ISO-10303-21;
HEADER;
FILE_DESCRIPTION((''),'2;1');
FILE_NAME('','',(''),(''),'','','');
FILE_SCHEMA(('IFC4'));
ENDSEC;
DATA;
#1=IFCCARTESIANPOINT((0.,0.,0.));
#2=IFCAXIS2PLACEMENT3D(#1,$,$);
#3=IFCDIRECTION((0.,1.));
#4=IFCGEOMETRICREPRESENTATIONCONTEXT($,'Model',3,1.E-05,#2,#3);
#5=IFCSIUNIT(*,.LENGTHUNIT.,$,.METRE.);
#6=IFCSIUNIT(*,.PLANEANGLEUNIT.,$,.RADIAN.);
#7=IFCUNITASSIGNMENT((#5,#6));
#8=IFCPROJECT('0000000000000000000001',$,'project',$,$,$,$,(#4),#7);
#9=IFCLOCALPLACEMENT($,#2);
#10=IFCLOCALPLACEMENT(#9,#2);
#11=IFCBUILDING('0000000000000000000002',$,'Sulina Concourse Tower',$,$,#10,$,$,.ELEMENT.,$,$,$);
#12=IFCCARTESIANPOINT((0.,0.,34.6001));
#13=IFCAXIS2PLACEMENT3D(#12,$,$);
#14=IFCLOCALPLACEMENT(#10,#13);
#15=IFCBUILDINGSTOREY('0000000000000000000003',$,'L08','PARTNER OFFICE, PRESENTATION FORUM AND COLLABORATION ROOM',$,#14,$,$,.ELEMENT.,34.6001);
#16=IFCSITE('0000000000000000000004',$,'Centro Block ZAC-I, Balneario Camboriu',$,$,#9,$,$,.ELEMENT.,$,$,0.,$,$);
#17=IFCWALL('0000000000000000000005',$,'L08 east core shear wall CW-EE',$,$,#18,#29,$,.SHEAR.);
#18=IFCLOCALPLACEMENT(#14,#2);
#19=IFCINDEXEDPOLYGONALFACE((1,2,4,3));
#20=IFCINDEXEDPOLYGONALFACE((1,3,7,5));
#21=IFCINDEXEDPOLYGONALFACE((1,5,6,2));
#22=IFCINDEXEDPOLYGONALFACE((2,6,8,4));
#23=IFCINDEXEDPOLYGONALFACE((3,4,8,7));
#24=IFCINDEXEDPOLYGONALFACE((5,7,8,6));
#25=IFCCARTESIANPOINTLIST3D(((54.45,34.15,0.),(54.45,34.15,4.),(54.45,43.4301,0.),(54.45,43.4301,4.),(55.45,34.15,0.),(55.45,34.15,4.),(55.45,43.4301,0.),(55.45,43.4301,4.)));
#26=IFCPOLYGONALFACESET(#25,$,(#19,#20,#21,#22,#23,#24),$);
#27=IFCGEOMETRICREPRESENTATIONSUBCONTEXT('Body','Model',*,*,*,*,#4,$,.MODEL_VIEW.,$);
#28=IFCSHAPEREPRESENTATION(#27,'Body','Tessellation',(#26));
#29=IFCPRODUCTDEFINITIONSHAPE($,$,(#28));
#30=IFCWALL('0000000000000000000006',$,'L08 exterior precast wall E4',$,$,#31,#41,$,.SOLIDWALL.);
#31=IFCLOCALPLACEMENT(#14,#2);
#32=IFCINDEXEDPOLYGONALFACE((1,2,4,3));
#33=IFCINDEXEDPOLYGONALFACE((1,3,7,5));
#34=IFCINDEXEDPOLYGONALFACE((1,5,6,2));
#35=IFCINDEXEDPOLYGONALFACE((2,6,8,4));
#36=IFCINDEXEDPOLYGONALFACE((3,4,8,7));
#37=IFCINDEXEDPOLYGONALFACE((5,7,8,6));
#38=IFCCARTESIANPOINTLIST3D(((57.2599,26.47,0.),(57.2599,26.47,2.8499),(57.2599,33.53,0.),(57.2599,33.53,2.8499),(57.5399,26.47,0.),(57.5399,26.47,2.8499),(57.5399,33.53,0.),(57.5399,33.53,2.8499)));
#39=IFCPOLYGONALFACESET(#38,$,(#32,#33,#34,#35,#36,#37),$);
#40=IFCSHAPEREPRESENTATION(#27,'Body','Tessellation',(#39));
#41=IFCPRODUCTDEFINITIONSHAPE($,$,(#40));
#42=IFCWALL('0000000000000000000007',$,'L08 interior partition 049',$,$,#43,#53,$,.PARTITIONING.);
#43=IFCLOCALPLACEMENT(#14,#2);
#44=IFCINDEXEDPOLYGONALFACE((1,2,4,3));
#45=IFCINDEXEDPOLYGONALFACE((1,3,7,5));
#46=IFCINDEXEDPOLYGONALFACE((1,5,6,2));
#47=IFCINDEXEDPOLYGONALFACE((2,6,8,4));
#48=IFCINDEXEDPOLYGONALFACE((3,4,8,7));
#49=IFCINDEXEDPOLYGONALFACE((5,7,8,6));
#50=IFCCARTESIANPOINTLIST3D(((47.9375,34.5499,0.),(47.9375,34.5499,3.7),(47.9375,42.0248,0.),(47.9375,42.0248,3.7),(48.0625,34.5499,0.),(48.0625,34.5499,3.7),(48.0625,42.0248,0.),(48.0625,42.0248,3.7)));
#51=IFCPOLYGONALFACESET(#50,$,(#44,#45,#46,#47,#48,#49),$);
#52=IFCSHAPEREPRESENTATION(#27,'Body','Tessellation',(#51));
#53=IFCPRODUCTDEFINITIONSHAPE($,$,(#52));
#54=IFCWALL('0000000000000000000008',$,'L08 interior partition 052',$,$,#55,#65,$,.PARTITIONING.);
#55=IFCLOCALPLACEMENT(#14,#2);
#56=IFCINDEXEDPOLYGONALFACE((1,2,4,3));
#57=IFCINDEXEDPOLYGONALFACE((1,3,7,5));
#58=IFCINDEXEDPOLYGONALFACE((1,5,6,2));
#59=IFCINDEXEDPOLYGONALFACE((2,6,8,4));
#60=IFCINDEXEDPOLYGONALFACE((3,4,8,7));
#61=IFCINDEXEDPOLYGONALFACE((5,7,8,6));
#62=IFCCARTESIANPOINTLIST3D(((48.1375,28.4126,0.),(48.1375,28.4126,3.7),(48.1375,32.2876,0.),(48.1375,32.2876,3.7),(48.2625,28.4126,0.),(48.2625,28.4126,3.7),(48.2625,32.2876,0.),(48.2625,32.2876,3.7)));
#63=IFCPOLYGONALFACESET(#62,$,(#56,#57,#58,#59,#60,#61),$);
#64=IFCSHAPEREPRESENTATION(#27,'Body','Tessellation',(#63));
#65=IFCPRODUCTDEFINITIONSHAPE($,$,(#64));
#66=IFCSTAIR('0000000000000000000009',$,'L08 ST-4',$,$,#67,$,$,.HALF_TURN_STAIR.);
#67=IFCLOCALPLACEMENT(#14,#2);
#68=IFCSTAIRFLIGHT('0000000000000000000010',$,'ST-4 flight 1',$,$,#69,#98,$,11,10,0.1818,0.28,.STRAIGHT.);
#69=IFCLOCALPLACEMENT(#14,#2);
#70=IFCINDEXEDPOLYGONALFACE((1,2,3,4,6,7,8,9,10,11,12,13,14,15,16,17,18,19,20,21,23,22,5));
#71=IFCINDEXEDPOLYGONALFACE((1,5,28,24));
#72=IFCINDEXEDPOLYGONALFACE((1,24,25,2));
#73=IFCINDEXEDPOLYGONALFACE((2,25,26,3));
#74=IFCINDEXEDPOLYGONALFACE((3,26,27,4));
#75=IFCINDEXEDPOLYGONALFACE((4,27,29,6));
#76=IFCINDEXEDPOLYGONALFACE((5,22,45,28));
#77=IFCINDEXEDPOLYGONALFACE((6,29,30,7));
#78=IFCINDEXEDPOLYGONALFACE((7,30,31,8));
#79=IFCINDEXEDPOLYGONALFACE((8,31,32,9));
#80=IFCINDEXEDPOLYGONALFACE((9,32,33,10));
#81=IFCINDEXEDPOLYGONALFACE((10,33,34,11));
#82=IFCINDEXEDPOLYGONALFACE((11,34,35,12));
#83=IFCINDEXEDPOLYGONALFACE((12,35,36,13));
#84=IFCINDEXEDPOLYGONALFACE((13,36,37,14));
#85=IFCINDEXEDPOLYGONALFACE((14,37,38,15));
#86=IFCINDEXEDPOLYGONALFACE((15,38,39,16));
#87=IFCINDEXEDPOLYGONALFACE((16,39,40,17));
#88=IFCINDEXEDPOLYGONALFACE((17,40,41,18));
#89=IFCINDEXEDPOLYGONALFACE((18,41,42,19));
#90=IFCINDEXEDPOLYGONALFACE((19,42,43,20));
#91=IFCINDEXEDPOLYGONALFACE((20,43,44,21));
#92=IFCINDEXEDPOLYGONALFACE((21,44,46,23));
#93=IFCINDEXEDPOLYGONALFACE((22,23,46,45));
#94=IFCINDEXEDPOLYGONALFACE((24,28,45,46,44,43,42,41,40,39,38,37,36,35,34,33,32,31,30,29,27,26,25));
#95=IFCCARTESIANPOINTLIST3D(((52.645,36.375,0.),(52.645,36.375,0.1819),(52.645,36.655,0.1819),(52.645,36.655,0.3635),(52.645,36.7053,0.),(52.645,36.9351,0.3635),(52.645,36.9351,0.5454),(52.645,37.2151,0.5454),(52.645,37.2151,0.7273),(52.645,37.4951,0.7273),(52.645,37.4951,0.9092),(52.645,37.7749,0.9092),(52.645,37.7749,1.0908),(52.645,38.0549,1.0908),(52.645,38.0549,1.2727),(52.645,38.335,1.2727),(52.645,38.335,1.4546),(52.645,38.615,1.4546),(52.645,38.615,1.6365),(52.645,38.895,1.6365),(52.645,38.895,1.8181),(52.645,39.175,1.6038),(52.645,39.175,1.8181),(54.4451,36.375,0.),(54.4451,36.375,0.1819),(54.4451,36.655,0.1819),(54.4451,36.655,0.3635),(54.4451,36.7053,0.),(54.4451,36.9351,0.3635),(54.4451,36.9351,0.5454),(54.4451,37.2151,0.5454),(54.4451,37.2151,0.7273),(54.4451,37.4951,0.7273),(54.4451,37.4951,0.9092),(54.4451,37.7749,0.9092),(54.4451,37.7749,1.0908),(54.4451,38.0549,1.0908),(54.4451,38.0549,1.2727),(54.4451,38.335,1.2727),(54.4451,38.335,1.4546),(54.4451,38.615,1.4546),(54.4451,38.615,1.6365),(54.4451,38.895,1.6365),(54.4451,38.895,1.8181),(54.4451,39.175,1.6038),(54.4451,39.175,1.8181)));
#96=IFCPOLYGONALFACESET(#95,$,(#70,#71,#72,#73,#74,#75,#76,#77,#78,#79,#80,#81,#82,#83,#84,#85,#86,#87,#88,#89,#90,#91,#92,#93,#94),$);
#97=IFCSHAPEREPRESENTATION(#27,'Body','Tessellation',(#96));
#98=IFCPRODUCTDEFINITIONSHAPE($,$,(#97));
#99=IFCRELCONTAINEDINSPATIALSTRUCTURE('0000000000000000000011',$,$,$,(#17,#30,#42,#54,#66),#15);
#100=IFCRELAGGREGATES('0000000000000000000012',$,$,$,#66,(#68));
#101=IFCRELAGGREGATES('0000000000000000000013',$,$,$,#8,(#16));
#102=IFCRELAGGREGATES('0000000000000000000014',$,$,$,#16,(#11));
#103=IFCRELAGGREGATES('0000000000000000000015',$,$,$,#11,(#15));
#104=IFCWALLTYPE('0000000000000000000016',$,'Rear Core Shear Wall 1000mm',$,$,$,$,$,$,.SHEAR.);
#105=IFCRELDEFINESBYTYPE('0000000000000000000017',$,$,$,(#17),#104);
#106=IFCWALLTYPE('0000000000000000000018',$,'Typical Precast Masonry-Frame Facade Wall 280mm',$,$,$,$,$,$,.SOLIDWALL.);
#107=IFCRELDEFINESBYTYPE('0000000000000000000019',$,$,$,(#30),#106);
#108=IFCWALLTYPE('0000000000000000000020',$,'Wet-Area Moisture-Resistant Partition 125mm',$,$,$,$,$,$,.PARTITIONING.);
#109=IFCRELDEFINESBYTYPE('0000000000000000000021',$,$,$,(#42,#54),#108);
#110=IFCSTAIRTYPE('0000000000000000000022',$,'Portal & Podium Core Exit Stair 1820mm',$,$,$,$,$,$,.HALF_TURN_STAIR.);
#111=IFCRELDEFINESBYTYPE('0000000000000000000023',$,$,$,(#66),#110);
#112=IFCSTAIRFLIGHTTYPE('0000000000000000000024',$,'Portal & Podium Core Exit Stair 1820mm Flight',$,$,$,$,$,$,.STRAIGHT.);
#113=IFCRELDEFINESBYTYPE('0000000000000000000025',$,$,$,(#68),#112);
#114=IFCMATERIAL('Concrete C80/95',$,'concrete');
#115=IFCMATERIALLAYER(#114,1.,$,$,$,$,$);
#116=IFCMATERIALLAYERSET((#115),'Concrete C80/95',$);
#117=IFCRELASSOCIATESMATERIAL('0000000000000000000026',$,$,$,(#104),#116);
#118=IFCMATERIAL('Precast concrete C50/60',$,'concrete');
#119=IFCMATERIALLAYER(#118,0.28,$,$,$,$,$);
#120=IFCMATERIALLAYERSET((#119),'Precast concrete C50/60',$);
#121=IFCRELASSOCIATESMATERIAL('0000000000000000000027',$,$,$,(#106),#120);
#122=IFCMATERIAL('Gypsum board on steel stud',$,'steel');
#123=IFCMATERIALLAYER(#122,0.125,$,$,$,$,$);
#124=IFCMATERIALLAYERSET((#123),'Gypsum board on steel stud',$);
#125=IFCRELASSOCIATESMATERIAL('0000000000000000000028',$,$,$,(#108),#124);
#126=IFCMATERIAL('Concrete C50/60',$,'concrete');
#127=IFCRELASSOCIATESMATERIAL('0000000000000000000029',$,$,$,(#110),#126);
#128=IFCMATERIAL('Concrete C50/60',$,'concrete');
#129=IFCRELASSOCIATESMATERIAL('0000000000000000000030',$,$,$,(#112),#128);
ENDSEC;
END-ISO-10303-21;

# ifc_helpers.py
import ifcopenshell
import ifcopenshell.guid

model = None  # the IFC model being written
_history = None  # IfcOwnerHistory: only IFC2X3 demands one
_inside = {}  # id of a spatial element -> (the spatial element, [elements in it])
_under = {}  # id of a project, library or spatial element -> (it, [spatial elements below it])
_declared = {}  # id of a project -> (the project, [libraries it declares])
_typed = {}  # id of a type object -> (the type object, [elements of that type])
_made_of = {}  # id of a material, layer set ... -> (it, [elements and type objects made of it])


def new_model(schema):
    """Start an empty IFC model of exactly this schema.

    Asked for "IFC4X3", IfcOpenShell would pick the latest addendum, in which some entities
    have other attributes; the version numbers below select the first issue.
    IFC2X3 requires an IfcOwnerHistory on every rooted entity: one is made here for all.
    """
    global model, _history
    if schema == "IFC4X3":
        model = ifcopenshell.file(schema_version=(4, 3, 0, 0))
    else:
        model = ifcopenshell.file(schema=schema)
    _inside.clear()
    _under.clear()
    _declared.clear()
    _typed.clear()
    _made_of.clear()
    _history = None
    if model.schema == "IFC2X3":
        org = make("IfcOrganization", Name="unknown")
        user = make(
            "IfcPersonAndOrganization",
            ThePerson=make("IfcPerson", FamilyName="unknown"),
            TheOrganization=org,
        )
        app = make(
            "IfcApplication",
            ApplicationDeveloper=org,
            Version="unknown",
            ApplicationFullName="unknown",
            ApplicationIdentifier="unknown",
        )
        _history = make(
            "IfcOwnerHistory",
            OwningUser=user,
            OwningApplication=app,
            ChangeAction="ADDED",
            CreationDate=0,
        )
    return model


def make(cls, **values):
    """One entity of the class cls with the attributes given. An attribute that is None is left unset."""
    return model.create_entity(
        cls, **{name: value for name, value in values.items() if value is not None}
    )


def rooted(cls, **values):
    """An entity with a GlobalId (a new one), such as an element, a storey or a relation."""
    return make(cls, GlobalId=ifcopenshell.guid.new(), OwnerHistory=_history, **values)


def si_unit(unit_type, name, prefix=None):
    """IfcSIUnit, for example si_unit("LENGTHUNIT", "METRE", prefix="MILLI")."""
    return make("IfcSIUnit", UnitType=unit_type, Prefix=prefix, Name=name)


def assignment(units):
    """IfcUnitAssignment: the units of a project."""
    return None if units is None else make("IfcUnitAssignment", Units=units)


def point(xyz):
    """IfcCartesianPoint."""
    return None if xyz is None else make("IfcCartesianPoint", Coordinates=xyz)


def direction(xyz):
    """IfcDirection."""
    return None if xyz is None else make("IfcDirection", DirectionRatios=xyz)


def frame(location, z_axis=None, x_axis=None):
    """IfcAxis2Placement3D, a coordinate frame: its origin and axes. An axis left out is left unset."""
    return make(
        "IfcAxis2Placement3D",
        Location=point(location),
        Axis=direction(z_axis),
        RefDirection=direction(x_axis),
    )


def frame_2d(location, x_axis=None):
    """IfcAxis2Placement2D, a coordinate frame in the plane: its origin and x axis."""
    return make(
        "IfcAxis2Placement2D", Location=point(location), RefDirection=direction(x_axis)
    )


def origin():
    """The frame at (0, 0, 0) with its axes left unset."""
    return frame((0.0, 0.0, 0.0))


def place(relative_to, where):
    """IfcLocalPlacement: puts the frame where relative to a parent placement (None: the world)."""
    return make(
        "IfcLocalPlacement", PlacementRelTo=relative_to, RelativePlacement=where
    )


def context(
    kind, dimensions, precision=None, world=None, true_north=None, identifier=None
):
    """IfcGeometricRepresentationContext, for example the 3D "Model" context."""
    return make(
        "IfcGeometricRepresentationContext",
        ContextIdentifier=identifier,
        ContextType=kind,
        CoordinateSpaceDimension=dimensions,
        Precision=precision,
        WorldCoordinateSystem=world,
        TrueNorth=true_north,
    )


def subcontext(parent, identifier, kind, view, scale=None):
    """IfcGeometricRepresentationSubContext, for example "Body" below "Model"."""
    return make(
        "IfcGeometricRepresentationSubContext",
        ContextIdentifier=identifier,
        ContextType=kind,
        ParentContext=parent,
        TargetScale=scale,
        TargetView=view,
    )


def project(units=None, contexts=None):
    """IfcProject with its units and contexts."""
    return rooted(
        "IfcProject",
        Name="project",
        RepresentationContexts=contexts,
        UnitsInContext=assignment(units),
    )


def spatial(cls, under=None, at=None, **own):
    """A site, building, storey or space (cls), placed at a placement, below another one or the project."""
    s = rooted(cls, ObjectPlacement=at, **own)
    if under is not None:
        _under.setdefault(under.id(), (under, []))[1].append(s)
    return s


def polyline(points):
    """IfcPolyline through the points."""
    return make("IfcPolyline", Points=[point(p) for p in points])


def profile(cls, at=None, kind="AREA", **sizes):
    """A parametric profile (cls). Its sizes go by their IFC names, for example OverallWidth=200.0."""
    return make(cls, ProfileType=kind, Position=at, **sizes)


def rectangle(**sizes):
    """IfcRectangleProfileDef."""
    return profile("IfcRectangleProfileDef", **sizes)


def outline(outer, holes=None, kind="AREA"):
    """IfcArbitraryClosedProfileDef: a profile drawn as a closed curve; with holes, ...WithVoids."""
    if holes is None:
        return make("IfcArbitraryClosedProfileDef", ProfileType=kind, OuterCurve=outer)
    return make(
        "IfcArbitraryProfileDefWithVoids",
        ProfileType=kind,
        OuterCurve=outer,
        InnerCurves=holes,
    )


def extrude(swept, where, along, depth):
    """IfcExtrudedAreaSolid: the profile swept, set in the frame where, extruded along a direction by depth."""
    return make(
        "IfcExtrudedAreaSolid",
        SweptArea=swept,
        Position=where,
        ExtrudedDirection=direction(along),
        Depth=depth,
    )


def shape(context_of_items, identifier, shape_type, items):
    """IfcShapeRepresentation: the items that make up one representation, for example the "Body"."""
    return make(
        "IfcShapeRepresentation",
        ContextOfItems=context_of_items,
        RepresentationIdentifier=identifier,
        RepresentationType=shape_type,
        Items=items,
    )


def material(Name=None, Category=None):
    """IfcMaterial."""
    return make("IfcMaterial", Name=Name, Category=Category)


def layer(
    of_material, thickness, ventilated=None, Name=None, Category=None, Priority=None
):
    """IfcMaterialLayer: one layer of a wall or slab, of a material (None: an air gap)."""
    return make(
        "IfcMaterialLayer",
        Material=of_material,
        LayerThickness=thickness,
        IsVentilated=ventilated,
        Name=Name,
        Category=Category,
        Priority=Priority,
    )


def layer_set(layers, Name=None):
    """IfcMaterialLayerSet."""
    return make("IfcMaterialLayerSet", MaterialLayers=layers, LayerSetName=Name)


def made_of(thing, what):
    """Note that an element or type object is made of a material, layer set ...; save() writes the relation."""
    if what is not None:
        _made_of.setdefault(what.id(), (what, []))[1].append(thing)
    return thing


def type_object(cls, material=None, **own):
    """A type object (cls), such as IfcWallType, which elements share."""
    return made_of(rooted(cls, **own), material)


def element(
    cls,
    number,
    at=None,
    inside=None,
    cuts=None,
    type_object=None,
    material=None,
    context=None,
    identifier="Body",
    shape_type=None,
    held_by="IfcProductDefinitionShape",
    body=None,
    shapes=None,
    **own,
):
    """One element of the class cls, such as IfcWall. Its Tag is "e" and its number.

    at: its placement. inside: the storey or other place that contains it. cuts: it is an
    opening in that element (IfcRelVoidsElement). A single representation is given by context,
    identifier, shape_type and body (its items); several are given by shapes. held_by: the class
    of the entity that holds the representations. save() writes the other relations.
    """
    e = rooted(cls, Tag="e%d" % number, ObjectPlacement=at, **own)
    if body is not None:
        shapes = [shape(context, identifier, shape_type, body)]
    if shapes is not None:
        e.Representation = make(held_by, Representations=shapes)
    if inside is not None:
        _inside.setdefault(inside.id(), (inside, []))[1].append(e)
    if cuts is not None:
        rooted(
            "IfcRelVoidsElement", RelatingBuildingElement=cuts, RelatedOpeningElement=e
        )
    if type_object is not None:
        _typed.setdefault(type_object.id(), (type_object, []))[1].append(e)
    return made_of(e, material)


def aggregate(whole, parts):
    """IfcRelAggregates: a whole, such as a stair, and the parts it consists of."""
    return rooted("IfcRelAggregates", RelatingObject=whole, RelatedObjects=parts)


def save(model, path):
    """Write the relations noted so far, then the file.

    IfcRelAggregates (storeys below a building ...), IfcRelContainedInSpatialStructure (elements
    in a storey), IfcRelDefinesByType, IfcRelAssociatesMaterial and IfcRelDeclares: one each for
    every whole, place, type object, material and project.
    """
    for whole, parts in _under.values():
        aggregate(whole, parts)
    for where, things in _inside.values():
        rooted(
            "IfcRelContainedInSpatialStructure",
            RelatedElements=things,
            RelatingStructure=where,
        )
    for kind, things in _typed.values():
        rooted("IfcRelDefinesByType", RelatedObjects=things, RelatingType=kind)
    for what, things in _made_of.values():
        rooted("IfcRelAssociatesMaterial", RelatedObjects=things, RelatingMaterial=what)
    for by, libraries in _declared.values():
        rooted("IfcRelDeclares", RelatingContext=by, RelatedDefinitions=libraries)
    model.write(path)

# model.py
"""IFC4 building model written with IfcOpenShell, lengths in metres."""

from ifc_helpers import new_model, si_unit, direction, frame, frame_2d, origin, place, context, subcontext, project, spatial, polyline, rectangle, outline, extrude, material, layer, layer_set, type_object, element, aggregate, save


model = new_model("IFC4")

# Units and contexts
model_context = context("Model", 3, precision=1e-05, world=origin(), true_north=direction((0.0, 1.0)))
body_context = subcontext(model_context, "Body", "Model", "MODEL_VIEW")
ifc_project = project(units=[si_unit("LENGTHUNIT", "METRE"), si_unit("PLANEANGLEUNIT", "RADIAN")], contexts=[model_context])

# Site, building, storey
site_placement = place(None, origin())
site = spatial("IfcSite", under=ifc_project, at=site_placement, Name="Centro Block ZAC-I, Balneario Camboriu", CompositionType="ELEMENT", RefElevation=0.0)
building_placement = place(site_placement, origin())
building = spatial("IfcBuilding", under=site, at=building_placement, Name="Sulina Concourse Tower", CompositionType="ELEMENT")
storey_placement = place(building_placement, frame((0.0, 0.0, 34.6001)))
storey = spatial("IfcBuildingStorey", under=building, at=storey_placement, Name="L08", Description="PARTNER OFFICE, PRESENTATION FORUM AND COLLABORATION ROOM", CompositionType="ELEMENT", Elevation=34.6001)

# Walls
ifc_material_1 = material(Name="Concrete C80/95", Category="concrete")
ifc_layer_1 = layer(ifc_material_1, 1.0)
ifc_layer_set_1 = layer_set([ifc_layer_1], Name="Concrete C80/95")
wall_type_1 = type_object("IfcWallType", Name="Rear Core Shear Wall 1000mm", PredefinedType="SHEAR", material=ifc_layer_set_1)
wall_1_placement = place(storey_placement, frame((54.95, 34.1499, 0.0), z_axis=(0.0, 0.0, 1.0), x_axis=(0.0, 1.0, 0.0)))
element("IfcWall", 1, at=wall_1_placement, inside=storey, type_object=wall_type_1, Name="L08 east core shear wall CW-EE", PredefinedType="SHEAR", context=body_context, shape_type="SweptSolid", body=[
    extrude(rectangle(XDim=9.28, YDim=1.0, at=frame_2d((4.6401, 0.0))), origin(), (0.0, 0.0, 1.0), 4.0),
])
ifc_material_2 = material(Name="Precast concrete C50/60", Category="concrete")
ifc_layer_2 = layer(ifc_material_2, 0.28)
ifc_layer_set_2 = layer_set([ifc_layer_2], Name="Precast concrete C50/60")
wall_type_2 = type_object("IfcWallType", Name="Typical Precast Masonry-Frame Facade Wall 280mm", PredefinedType="SOLIDWALL", material=ifc_layer_set_2)
wall_2_placement = place(storey_placement, frame((57.3999, 33.53, 0.0), z_axis=(0.0, 0.0, 1.0), x_axis=(0.0, -1.0, 0.0)))
element("IfcWall", 2, at=wall_2_placement, inside=storey, type_object=wall_type_2, Name="L08 exterior precast wall E4", PredefinedType="SOLIDWALL", context=body_context, shape_type="SweptSolid", body=[
    extrude(rectangle(XDim=7.0601, YDim=0.28, at=frame_2d((3.53, 0.0))), origin(), (0.0, 0.0, 1.0), 2.8499),
])
ifc_material_3 = material(Name="Gypsum board on steel stud", Category="steel")
ifc_layer_3 = layer(ifc_material_3, 0.125)
ifc_layer_set_3 = layer_set([ifc_layer_3], Name="Gypsum board on steel stud")
wall_type_3 = type_object("IfcWallType", Name="Wet-Area Moisture-Resistant Partition 125mm", PredefinedType="PARTITIONING", material=ifc_layer_set_3)
wall_3_placement = place(storey_placement, frame((48.0, 34.55, 0.0), z_axis=(0.0, 0.0, 1.0), x_axis=(0.0, 1.0, 0.0)))
element("IfcWall", 3, at=wall_3_placement, inside=storey, type_object=wall_type_3, Name="L08 interior partition 049", PredefinedType="PARTITIONING", context=body_context, shape_type="SweptSolid", body=[
    extrude(rectangle(XDim=7.4749, YDim=0.125, at=frame_2d((3.7373, 0.0))), origin(), (0.0, 0.0, 1.0), 3.7),
])
wall_4_placement = place(storey_placement, frame((48.2, 28.4126, 0.0), z_axis=(0.0, 0.0, 1.0), x_axis=(0.0, 1.0, 0.0)))
element("IfcWall", 4, at=wall_4_placement, inside=storey, type_object=wall_type_3, Name="L08 interior partition 052", PredefinedType="PARTITIONING", context=body_context, shape_type="SweptSolid", body=[
    extrude(rectangle(XDim=3.875, YDim=0.125, at=frame_2d((1.9375, 0.0))), origin(), (0.0, 0.0, 1.0), 3.7),
])

# Stair, stair flight
ifc_material_4 = material(Name="Concrete C50/60", Category="concrete")
stair_type = type_object("IfcStairType", Name="Portal & Podium Core Exit Stair 1820mm", PredefinedType="HALF_TURN_STAIR", material=ifc_material_4)
stair_placement = place(storey_placement, origin())
stair = element("IfcStair", 5, at=stair_placement, inside=storey, type_object=stair_type, Name="L08 ST-4", PredefinedType="HALF_TURN_STAIR")
ifc_material_5 = material(Name="Concrete C50/60", Category="concrete")
stair_flight_type = type_object("IfcStairFlightType", Name="Portal & Podium Core Exit Stair 1820mm Flight", PredefinedType="STRAIGHT", material=ifc_material_5)
stair_flight_placement = place(storey_placement, frame((53.5449, 36.375, 0.0), z_axis=(0.0, 0.0, 1.0), x_axis=(0.0, 1.0, 0.0)))
stair_flight = element("IfcStairFlight", 6, at=stair_flight_placement, type_object=stair_flight_type, Name="ST-4 flight 1", NumberOfRisers=11, NumberOfTreads=10, PredefinedType="STRAIGHT", RiserHeight=0.1818, TreadLength=0.28, context=body_context, shape_type="SweptSolid", body=[
    extrude(outline(polyline([(0.0, 0.0), (0.0, 0.1819), (0.28, 0.1819), (0.28, 0.3635), (0.5601, 0.3635), (0.5601, 0.5454), (0.8401, 0.5454), (0.8401, 0.7273), (1.1201, 0.7273), (1.1201, 0.9092), (1.3999, 0.9092), (1.3999, 1.0908), (1.6799, 1.0908), (1.6799, 1.2727), (1.96, 1.2727), (1.96, 1.4546), (2.24, 1.4546), (2.24, 1.6365), (2.52, 1.6365), (2.52, 1.8181), (2.8, 1.8181), (2.8, 2.0), (2.8, 1.6038), (0.3303, 0.0), (0.0, 0.0)])), frame((0.0, 0.8999, 0.0), z_axis=(0.0, -1.0, 0.0), x_axis=(1.0, 0.0, 0.0)), (0.0, 0.0, 1.0), 1.8),
])
aggregate(stair, [stair_flight])

save(model, "model.ifc")
